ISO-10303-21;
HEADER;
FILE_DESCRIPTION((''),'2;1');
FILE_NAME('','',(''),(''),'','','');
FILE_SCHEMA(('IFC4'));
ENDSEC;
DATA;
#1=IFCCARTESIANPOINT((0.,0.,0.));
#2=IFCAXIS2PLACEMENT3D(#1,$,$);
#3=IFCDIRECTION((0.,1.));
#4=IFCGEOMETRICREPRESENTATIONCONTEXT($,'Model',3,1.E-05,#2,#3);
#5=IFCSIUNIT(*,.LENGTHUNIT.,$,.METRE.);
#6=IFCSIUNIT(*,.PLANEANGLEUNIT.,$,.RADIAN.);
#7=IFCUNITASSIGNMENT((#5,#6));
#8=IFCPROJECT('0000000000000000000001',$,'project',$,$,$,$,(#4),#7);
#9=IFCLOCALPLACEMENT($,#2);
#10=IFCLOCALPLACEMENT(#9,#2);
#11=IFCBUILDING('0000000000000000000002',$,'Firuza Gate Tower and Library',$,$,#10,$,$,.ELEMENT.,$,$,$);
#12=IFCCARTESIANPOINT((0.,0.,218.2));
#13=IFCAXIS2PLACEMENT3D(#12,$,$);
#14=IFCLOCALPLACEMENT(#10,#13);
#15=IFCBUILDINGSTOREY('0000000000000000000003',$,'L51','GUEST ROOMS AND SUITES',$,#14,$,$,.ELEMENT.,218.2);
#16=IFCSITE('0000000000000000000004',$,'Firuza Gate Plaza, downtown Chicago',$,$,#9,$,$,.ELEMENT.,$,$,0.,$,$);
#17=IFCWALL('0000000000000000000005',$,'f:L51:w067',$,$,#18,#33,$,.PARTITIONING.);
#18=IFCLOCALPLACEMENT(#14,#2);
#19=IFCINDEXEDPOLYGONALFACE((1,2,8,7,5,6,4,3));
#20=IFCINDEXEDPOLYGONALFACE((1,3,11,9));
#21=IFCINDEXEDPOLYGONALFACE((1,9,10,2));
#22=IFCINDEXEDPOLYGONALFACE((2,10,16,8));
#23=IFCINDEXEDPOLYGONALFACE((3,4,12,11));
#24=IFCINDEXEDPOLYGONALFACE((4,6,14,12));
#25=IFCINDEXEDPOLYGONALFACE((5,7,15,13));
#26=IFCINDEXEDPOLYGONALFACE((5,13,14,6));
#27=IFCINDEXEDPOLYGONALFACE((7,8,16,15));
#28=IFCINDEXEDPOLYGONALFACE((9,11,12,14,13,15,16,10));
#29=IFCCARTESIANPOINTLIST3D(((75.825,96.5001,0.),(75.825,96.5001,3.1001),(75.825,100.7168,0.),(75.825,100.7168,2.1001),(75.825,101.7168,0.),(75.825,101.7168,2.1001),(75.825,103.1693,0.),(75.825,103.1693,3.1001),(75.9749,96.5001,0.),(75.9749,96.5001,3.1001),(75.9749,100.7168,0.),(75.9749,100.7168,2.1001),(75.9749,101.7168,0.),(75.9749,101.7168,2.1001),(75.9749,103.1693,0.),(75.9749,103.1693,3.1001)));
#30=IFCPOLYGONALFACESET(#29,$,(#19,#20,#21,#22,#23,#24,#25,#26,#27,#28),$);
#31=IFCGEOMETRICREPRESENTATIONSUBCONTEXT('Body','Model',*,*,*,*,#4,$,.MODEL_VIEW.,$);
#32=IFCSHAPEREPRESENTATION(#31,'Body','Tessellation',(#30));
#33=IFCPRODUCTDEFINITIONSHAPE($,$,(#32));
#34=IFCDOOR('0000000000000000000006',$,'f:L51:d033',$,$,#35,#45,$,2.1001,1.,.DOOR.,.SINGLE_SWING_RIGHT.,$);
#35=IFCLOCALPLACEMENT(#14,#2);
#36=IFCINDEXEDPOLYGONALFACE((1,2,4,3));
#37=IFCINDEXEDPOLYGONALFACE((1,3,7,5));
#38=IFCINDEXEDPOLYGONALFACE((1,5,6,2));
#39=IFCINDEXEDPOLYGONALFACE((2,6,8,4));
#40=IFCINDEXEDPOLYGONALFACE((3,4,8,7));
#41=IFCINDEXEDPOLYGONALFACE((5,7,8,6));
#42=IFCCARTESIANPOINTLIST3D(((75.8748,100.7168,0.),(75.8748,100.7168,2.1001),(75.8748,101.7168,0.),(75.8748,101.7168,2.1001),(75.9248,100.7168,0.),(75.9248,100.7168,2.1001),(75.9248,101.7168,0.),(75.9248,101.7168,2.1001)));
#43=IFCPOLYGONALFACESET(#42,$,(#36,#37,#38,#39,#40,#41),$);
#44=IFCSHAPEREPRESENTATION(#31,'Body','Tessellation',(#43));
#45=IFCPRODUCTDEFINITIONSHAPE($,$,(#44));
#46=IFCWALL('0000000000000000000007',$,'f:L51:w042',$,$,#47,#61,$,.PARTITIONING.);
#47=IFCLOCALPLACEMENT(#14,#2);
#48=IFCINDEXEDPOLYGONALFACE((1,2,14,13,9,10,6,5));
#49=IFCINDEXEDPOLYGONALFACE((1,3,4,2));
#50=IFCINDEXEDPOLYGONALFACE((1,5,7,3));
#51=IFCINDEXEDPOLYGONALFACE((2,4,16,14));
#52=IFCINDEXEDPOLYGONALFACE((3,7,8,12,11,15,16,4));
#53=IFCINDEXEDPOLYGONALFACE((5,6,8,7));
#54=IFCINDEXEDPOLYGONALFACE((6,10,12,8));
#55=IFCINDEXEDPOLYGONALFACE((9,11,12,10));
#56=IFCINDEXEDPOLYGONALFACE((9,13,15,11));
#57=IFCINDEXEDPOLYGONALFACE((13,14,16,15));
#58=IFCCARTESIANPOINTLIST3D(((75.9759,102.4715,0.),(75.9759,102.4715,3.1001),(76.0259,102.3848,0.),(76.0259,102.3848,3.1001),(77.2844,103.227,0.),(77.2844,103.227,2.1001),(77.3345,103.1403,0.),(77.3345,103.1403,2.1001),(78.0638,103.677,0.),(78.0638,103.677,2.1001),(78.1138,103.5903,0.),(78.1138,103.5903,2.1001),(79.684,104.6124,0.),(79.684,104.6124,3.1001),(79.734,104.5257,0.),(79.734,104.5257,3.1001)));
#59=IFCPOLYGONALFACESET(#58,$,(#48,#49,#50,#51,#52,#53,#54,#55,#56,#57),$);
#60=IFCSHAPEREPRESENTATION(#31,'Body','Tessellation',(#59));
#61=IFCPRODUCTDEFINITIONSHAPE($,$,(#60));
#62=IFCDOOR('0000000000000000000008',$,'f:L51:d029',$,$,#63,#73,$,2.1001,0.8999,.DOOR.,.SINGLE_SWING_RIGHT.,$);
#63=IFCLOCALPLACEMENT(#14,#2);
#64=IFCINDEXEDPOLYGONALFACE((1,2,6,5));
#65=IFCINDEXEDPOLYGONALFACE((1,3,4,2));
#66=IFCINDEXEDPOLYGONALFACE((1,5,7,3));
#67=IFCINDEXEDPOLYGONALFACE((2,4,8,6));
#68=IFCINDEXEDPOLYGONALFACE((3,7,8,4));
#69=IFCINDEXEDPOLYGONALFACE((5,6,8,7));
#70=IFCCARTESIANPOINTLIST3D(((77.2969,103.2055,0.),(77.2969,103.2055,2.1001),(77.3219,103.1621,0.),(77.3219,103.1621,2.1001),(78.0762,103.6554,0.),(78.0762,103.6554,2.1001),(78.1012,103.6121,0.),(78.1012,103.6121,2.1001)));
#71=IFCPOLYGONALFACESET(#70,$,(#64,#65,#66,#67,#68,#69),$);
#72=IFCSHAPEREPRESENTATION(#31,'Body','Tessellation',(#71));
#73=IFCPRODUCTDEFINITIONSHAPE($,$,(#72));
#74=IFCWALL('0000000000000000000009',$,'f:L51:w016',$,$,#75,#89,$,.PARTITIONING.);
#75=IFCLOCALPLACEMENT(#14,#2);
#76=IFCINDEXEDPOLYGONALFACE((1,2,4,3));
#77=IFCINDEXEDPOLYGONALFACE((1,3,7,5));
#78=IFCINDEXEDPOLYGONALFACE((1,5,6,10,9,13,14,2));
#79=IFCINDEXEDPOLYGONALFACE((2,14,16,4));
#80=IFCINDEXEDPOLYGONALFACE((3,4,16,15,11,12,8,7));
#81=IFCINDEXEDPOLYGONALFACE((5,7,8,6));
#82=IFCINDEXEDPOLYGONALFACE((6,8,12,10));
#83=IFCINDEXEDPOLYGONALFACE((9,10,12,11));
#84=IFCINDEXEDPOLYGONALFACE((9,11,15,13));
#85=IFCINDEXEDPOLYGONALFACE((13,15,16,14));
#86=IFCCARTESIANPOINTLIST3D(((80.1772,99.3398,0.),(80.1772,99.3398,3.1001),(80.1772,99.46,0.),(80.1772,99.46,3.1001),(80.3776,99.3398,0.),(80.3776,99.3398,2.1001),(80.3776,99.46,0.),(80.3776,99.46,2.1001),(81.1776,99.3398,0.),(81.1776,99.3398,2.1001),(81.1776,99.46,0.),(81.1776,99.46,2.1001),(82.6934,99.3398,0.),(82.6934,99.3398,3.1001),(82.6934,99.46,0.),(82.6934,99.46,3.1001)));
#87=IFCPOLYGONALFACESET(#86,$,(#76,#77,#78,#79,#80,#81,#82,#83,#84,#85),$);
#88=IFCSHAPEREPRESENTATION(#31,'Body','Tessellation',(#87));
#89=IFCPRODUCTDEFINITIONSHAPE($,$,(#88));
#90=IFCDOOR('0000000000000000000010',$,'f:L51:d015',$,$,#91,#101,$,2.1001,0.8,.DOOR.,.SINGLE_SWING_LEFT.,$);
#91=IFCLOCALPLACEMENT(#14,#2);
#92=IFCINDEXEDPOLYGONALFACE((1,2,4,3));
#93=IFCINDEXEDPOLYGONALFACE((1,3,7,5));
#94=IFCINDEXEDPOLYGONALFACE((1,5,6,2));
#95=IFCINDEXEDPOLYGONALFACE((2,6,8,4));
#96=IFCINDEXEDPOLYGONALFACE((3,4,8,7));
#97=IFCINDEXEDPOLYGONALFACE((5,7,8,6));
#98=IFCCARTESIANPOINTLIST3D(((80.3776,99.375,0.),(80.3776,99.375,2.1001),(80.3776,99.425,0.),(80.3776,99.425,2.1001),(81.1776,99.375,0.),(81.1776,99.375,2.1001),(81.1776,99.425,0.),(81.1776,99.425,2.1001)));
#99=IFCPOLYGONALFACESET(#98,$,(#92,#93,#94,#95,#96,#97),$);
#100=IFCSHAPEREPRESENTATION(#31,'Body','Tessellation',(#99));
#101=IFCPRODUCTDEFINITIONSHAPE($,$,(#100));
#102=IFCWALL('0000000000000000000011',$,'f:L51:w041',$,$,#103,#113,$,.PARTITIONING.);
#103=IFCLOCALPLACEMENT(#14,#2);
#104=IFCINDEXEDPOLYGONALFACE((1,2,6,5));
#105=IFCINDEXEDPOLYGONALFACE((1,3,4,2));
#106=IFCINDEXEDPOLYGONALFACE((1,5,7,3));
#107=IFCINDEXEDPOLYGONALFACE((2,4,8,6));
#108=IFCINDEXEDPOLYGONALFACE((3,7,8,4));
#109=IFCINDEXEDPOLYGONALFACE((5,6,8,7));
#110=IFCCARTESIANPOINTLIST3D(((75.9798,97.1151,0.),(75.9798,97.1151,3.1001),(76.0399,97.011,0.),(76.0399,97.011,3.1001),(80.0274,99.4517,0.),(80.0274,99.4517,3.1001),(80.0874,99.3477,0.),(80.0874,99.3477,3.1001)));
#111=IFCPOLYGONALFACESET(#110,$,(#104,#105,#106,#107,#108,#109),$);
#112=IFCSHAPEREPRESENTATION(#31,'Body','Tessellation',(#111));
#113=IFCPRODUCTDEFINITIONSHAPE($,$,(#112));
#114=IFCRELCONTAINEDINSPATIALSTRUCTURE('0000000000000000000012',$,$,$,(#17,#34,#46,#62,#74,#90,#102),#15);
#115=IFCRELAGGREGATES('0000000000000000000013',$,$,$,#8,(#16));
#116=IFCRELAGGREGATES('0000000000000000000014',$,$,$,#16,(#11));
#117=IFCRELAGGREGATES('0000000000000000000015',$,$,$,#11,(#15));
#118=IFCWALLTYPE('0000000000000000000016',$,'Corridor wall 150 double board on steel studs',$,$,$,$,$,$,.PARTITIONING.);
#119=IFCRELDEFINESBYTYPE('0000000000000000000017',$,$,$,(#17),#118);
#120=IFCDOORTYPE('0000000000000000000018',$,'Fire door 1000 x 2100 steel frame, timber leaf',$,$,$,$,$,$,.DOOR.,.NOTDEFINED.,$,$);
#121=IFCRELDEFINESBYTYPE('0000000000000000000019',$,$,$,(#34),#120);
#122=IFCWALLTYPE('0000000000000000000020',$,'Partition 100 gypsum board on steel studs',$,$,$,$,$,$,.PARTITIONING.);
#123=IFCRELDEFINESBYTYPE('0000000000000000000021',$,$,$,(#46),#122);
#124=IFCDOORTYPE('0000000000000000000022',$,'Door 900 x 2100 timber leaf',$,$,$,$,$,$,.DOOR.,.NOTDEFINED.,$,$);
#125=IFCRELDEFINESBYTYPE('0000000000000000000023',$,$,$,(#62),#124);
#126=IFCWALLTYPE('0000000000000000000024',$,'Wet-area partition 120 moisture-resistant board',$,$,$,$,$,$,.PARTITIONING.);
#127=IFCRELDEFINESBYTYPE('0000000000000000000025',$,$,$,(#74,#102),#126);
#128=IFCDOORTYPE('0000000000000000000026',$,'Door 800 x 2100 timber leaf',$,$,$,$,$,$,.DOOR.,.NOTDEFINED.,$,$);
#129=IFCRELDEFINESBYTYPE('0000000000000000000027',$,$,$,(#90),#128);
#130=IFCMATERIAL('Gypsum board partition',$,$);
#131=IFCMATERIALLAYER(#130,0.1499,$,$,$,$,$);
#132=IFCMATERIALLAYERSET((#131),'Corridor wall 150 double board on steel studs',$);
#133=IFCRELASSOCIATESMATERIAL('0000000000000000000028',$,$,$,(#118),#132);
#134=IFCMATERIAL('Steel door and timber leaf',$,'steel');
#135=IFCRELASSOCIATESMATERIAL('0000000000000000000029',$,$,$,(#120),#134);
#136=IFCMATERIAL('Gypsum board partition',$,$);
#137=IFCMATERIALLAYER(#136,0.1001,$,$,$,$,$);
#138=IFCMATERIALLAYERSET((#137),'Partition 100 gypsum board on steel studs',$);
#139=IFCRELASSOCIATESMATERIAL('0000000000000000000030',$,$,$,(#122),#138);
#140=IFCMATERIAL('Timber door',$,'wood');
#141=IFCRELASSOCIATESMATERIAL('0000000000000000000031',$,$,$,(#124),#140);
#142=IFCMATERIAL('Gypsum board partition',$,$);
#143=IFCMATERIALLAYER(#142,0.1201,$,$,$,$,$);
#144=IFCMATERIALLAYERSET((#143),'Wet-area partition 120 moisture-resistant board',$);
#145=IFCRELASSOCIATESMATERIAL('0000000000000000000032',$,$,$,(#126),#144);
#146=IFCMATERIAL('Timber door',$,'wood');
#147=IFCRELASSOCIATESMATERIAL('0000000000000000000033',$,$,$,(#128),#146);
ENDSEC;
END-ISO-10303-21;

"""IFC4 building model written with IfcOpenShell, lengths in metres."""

from ifc_helpers import new_model, si_unit, direction, frame, frame_2d, origin, place, context, subcontext, project, spatial, rectangle, extrude, material, layer, layer_set, type_object, element, fill, save


model = new_model("IFC4")

# Units and contexts
model_context = context("Model", 3, precision=1e-05, world=origin(), true_north=direction((0.0, 1.0)))
body_context = subcontext(model_context, "Body", "Model", "MODEL_VIEW")
ifc_project = project(units=[si_unit("LENGTHUNIT", "METRE"), si_unit("PLANEANGLEUNIT", "RADIAN")], contexts=[model_context])

# Site, building, storey
site_placement = place(None, origin())
site = spatial("IfcSite", under=ifc_project, at=site_placement, Name="Firuza Gate Plaza, downtown Chicago", CompositionType="ELEMENT", RefElevation=0.0)
building_placement = place(site_placement, origin())
building = spatial("IfcBuilding", under=site, at=building_placement, Name="Firuza Gate Tower and Library", CompositionType="ELEMENT")
storey_placement = place(building_placement, frame((0.0, 0.0, 218.2)))
storey = spatial("IfcBuildingStorey", under=building, at=storey_placement, Name="L51", Description="GUEST ROOMS AND SUITES", CompositionType="ELEMENT", Elevation=218.2)

# Walls, openings, doors
ifc_material_1 = material(Name="Gypsum board partition")
ifc_layer_1 = layer(ifc_material_1, 0.1499)
ifc_layer_set_1 = layer_set([ifc_layer_1], Name="Corridor wall 150 double board on steel studs")
wall_type_1 = type_object("IfcWallType", Name="Corridor wall 150 double board on steel studs", PredefinedType="PARTITIONING", material=ifc_layer_set_1)
wall_1_placement = place(storey_placement, frame((75.8999, 103.1692, 0.0), z_axis=(0.0, 0.0, 1.0), x_axis=(0.0, -1.0, 0.0)))
wall_1 = element("IfcWall", 1, at=wall_1_placement, inside=storey, type_object=wall_type_1, Name="f:L51:w067", PredefinedType="PARTITIONING", context=body_context, shape_type="SweptSolid", body=[
    extrude(rectangle(XDim=6.6692, YDim=0.1499, at=frame_2d((3.3345, 0.0))), origin(), (0.0, 0.0, 1.0), 3.1001),
])
opening_1_placement = place(wall_1_placement, frame((1.4524, 0.0, 0.0)))
opening_1 = element("IfcOpeningElement", 2, at=opening_1_placement, cuts=wall_1, PredefinedType="OPENING", context=body_context, shape_type="SweptSolid", body=[
    extrude(rectangle(XDim=1.0, YDim=2.1001, at=frame_2d((0.5, 1.05))), frame((0.0, 0.085, 0.0), z_axis=(0.0, -1.0, 0.0), x_axis=(1.0, 0.0, 0.0)), (0.0, 0.0, 1.0), 0.1699),
])
ifc_material_2 = material(Name="Steel door and timber leaf", Category="steel")
door_type_1 = type_object("IfcDoorType", Name="Fire door 1000 x 2100 steel frame, timber leaf", OperationType="NOTDEFINED", PredefinedType="DOOR", material=ifc_material_2)
door_1_placement = place(opening_1_placement, origin())
door_1 = element("IfcDoor", 3, at=door_1_placement, inside=storey, type_object=door_type_1, Name="f:L51:d033", OperationType="SINGLE_SWING_RIGHT", OverallHeight=2.1001, OverallWidth=1.0, PredefinedType="DOOR", context=body_context, shape_type="SweptSolid", body=[
    extrude(rectangle(XDim=1.0, YDim=2.1001, at=frame_2d((0.5, 1.05))), frame((0.0, 0.0249, 0.0), z_axis=(0.0, -1.0, 0.0), x_axis=(1.0, 0.0, 0.0)), (0.0, 0.0, 1.0), 0.05),
])
fill(opening_1, door_1)
ifc_material_3 = material(Name="Gypsum board partition")
ifc_layer_2 = layer(ifc_material_3, 0.1001)
ifc_layer_set_2 = layer_set([ifc_layer_2], Name="Partition 100 gypsum board on steel studs")
wall_type_2 = type_object("IfcWallType", Name="Partition 100 gypsum board on steel studs", PredefinedType="PARTITIONING", material=ifc_layer_set_2)
wall_2_placement = place(storey_placement, frame((79.709, 104.5691, 0.0), z_axis=(0.0, 0.0, 1.0), x_axis=(-0.86602, -0.500009, 0.0)))
wall_2 = element("IfcWall", 4, at=wall_2_placement, inside=storey, type_object=wall_type_2, Name="f:L51:w042", PredefinedType="PARTITIONING", context=body_context, shape_type="SweptSolid", body=[
    extrude(rectangle(XDim=4.2817, YDim=0.1001, at=frame_2d((2.1409, 0.0))), origin(), (0.0, 0.0, 1.0), 3.1001),
])
opening_2_placement = place(wall_2_placement, frame((1.8708, 0.0, 0.0)))
opening_2 = element("IfcOpeningElement", 5, at=opening_2_placement, cuts=wall_2, PredefinedType="OPENING", context=body_context, shape_type="SweptSolid", body=[
    extrude(rectangle(XDim=0.8999, YDim=2.1001, at=frame_2d((0.45, 1.05))), frame((0.0, 0.0601, 0.0), z_axis=(0.0, -1.0, 0.0), x_axis=(1.0, 0.0, 0.0)), (0.0, 0.0, 1.0), 0.1201),
])
ifc_material_4 = material(Name="Timber door", Category="wood")
door_type_2 = type_object("IfcDoorType", Name="Door 900 x 2100 timber leaf", OperationType="NOTDEFINED", PredefinedType="DOOR", material=ifc_material_4)
door_2_placement = place(opening_2_placement, origin())
door_2 = element("IfcDoor", 6, at=door_2_placement, inside=storey, type_object=door_type_2, Name="f:L51:d029", OperationType="SINGLE_SWING_RIGHT", OverallHeight=2.1001, OverallWidth=0.8999, PredefinedType="DOOR", context=body_context, shape_type="SweptSolid", body=[
    extrude(rectangle(XDim=0.8999, YDim=2.1001, at=frame_2d((0.45, 1.05))), frame((0.0, 0.0249, 0.0), z_axis=(0.0, -1.0, 0.0), x_axis=(1.0, 0.0, 0.0)), (0.0, 0.0, 1.0), 0.05),
])
fill(opening_2, door_2)
ifc_material_5 = material(Name="Gypsum board partition")
ifc_layer_3 = layer(ifc_material_5, 0.1201)
ifc_layer_set_3 = layer_set([ifc_layer_3], Name="Wet-area partition 120 moisture-resistant board")
wall_type_3 = type_object("IfcWallType", Name="Wet-area partition 120 moisture-resistant board", PredefinedType="PARTITIONING", material=ifc_layer_set_3)
wall_3_placement = place(storey_placement, frame((82.6934, 99.3999, 0.0), z_axis=(0.0, 0.0, 1.0), x_axis=(-1.0, 0.0, 0.0)))
wall_3 = element("IfcWall", 7, at=wall_3_placement, inside=storey, type_object=wall_type_3, Name="f:L51:w016", PredefinedType="PARTITIONING", context=body_context, shape_type="SweptSolid", body=[
    extrude(rectangle(XDim=2.5161, YDim=0.1201, at=frame_2d((1.2581, 0.0))), origin(), (0.0, 0.0, 1.0), 3.1001),
])
opening_3_placement = place(wall_3_placement, frame((1.5159, 0.0, 0.0)))
opening_3 = element("IfcOpeningElement", 8, at=opening_3_placement, cuts=wall_3, PredefinedType="OPENING", context=body_context, shape_type="SweptSolid", body=[
    extrude(rectangle(XDim=0.8, YDim=2.1001, at=frame_2d((0.3999, 1.05))), frame((0.0, 0.0701, 0.0), z_axis=(0.0, -1.0, 0.0), x_axis=(1.0, 0.0, 0.0)), (0.0, 0.0, 1.0), 0.1401),
])
ifc_material_6 = material(Name="Timber door", Category="wood")
door_type_3 = type_object("IfcDoorType", Name="Door 800 x 2100 timber leaf", OperationType="NOTDEFINED", PredefinedType="DOOR", material=ifc_material_6)
door_3_placement = place(opening_3_placement, origin())
door_3 = element("IfcDoor", 9, at=door_3_placement, inside=storey, type_object=door_type_3, Name="f:L51:d015", OperationType="SINGLE_SWING_LEFT", OverallHeight=2.1001, OverallWidth=0.8, PredefinedType="DOOR", context=body_context, shape_type="SweptSolid", body=[
    extrude(rectangle(XDim=0.8, YDim=2.1001, at=frame_2d((0.3999, 1.05))), frame((0.0, 0.0249, 0.0), z_axis=(0.0, -1.0, 0.0), x_axis=(1.0, 0.0, 0.0)), (0.0, 0.0, 1.0), 0.05),
])
fill(opening_3, door_3)

# Wall
wall_4_placement = place(storey_placement, frame((76.0098, 97.063, 0.0), z_axis=(0.0, 0.0, 1.0), x_axis=(0.866046, 0.499965, 0.0)))
element("IfcWall", 10, at=wall_4_placement, inside=storey, type_object=wall_type_3, Name="f:L51:w041", PredefinedType="PARTITIONING", context=body_context, shape_type="SweptSolid", body=[
    extrude(rectangle(XDim=4.6736, YDim=0.1201, at=frame_2d((2.3369, 0.0))), origin(), (0.0, 0.0, 1.0), 3.1001),
])

save(model, "model.ifc")
